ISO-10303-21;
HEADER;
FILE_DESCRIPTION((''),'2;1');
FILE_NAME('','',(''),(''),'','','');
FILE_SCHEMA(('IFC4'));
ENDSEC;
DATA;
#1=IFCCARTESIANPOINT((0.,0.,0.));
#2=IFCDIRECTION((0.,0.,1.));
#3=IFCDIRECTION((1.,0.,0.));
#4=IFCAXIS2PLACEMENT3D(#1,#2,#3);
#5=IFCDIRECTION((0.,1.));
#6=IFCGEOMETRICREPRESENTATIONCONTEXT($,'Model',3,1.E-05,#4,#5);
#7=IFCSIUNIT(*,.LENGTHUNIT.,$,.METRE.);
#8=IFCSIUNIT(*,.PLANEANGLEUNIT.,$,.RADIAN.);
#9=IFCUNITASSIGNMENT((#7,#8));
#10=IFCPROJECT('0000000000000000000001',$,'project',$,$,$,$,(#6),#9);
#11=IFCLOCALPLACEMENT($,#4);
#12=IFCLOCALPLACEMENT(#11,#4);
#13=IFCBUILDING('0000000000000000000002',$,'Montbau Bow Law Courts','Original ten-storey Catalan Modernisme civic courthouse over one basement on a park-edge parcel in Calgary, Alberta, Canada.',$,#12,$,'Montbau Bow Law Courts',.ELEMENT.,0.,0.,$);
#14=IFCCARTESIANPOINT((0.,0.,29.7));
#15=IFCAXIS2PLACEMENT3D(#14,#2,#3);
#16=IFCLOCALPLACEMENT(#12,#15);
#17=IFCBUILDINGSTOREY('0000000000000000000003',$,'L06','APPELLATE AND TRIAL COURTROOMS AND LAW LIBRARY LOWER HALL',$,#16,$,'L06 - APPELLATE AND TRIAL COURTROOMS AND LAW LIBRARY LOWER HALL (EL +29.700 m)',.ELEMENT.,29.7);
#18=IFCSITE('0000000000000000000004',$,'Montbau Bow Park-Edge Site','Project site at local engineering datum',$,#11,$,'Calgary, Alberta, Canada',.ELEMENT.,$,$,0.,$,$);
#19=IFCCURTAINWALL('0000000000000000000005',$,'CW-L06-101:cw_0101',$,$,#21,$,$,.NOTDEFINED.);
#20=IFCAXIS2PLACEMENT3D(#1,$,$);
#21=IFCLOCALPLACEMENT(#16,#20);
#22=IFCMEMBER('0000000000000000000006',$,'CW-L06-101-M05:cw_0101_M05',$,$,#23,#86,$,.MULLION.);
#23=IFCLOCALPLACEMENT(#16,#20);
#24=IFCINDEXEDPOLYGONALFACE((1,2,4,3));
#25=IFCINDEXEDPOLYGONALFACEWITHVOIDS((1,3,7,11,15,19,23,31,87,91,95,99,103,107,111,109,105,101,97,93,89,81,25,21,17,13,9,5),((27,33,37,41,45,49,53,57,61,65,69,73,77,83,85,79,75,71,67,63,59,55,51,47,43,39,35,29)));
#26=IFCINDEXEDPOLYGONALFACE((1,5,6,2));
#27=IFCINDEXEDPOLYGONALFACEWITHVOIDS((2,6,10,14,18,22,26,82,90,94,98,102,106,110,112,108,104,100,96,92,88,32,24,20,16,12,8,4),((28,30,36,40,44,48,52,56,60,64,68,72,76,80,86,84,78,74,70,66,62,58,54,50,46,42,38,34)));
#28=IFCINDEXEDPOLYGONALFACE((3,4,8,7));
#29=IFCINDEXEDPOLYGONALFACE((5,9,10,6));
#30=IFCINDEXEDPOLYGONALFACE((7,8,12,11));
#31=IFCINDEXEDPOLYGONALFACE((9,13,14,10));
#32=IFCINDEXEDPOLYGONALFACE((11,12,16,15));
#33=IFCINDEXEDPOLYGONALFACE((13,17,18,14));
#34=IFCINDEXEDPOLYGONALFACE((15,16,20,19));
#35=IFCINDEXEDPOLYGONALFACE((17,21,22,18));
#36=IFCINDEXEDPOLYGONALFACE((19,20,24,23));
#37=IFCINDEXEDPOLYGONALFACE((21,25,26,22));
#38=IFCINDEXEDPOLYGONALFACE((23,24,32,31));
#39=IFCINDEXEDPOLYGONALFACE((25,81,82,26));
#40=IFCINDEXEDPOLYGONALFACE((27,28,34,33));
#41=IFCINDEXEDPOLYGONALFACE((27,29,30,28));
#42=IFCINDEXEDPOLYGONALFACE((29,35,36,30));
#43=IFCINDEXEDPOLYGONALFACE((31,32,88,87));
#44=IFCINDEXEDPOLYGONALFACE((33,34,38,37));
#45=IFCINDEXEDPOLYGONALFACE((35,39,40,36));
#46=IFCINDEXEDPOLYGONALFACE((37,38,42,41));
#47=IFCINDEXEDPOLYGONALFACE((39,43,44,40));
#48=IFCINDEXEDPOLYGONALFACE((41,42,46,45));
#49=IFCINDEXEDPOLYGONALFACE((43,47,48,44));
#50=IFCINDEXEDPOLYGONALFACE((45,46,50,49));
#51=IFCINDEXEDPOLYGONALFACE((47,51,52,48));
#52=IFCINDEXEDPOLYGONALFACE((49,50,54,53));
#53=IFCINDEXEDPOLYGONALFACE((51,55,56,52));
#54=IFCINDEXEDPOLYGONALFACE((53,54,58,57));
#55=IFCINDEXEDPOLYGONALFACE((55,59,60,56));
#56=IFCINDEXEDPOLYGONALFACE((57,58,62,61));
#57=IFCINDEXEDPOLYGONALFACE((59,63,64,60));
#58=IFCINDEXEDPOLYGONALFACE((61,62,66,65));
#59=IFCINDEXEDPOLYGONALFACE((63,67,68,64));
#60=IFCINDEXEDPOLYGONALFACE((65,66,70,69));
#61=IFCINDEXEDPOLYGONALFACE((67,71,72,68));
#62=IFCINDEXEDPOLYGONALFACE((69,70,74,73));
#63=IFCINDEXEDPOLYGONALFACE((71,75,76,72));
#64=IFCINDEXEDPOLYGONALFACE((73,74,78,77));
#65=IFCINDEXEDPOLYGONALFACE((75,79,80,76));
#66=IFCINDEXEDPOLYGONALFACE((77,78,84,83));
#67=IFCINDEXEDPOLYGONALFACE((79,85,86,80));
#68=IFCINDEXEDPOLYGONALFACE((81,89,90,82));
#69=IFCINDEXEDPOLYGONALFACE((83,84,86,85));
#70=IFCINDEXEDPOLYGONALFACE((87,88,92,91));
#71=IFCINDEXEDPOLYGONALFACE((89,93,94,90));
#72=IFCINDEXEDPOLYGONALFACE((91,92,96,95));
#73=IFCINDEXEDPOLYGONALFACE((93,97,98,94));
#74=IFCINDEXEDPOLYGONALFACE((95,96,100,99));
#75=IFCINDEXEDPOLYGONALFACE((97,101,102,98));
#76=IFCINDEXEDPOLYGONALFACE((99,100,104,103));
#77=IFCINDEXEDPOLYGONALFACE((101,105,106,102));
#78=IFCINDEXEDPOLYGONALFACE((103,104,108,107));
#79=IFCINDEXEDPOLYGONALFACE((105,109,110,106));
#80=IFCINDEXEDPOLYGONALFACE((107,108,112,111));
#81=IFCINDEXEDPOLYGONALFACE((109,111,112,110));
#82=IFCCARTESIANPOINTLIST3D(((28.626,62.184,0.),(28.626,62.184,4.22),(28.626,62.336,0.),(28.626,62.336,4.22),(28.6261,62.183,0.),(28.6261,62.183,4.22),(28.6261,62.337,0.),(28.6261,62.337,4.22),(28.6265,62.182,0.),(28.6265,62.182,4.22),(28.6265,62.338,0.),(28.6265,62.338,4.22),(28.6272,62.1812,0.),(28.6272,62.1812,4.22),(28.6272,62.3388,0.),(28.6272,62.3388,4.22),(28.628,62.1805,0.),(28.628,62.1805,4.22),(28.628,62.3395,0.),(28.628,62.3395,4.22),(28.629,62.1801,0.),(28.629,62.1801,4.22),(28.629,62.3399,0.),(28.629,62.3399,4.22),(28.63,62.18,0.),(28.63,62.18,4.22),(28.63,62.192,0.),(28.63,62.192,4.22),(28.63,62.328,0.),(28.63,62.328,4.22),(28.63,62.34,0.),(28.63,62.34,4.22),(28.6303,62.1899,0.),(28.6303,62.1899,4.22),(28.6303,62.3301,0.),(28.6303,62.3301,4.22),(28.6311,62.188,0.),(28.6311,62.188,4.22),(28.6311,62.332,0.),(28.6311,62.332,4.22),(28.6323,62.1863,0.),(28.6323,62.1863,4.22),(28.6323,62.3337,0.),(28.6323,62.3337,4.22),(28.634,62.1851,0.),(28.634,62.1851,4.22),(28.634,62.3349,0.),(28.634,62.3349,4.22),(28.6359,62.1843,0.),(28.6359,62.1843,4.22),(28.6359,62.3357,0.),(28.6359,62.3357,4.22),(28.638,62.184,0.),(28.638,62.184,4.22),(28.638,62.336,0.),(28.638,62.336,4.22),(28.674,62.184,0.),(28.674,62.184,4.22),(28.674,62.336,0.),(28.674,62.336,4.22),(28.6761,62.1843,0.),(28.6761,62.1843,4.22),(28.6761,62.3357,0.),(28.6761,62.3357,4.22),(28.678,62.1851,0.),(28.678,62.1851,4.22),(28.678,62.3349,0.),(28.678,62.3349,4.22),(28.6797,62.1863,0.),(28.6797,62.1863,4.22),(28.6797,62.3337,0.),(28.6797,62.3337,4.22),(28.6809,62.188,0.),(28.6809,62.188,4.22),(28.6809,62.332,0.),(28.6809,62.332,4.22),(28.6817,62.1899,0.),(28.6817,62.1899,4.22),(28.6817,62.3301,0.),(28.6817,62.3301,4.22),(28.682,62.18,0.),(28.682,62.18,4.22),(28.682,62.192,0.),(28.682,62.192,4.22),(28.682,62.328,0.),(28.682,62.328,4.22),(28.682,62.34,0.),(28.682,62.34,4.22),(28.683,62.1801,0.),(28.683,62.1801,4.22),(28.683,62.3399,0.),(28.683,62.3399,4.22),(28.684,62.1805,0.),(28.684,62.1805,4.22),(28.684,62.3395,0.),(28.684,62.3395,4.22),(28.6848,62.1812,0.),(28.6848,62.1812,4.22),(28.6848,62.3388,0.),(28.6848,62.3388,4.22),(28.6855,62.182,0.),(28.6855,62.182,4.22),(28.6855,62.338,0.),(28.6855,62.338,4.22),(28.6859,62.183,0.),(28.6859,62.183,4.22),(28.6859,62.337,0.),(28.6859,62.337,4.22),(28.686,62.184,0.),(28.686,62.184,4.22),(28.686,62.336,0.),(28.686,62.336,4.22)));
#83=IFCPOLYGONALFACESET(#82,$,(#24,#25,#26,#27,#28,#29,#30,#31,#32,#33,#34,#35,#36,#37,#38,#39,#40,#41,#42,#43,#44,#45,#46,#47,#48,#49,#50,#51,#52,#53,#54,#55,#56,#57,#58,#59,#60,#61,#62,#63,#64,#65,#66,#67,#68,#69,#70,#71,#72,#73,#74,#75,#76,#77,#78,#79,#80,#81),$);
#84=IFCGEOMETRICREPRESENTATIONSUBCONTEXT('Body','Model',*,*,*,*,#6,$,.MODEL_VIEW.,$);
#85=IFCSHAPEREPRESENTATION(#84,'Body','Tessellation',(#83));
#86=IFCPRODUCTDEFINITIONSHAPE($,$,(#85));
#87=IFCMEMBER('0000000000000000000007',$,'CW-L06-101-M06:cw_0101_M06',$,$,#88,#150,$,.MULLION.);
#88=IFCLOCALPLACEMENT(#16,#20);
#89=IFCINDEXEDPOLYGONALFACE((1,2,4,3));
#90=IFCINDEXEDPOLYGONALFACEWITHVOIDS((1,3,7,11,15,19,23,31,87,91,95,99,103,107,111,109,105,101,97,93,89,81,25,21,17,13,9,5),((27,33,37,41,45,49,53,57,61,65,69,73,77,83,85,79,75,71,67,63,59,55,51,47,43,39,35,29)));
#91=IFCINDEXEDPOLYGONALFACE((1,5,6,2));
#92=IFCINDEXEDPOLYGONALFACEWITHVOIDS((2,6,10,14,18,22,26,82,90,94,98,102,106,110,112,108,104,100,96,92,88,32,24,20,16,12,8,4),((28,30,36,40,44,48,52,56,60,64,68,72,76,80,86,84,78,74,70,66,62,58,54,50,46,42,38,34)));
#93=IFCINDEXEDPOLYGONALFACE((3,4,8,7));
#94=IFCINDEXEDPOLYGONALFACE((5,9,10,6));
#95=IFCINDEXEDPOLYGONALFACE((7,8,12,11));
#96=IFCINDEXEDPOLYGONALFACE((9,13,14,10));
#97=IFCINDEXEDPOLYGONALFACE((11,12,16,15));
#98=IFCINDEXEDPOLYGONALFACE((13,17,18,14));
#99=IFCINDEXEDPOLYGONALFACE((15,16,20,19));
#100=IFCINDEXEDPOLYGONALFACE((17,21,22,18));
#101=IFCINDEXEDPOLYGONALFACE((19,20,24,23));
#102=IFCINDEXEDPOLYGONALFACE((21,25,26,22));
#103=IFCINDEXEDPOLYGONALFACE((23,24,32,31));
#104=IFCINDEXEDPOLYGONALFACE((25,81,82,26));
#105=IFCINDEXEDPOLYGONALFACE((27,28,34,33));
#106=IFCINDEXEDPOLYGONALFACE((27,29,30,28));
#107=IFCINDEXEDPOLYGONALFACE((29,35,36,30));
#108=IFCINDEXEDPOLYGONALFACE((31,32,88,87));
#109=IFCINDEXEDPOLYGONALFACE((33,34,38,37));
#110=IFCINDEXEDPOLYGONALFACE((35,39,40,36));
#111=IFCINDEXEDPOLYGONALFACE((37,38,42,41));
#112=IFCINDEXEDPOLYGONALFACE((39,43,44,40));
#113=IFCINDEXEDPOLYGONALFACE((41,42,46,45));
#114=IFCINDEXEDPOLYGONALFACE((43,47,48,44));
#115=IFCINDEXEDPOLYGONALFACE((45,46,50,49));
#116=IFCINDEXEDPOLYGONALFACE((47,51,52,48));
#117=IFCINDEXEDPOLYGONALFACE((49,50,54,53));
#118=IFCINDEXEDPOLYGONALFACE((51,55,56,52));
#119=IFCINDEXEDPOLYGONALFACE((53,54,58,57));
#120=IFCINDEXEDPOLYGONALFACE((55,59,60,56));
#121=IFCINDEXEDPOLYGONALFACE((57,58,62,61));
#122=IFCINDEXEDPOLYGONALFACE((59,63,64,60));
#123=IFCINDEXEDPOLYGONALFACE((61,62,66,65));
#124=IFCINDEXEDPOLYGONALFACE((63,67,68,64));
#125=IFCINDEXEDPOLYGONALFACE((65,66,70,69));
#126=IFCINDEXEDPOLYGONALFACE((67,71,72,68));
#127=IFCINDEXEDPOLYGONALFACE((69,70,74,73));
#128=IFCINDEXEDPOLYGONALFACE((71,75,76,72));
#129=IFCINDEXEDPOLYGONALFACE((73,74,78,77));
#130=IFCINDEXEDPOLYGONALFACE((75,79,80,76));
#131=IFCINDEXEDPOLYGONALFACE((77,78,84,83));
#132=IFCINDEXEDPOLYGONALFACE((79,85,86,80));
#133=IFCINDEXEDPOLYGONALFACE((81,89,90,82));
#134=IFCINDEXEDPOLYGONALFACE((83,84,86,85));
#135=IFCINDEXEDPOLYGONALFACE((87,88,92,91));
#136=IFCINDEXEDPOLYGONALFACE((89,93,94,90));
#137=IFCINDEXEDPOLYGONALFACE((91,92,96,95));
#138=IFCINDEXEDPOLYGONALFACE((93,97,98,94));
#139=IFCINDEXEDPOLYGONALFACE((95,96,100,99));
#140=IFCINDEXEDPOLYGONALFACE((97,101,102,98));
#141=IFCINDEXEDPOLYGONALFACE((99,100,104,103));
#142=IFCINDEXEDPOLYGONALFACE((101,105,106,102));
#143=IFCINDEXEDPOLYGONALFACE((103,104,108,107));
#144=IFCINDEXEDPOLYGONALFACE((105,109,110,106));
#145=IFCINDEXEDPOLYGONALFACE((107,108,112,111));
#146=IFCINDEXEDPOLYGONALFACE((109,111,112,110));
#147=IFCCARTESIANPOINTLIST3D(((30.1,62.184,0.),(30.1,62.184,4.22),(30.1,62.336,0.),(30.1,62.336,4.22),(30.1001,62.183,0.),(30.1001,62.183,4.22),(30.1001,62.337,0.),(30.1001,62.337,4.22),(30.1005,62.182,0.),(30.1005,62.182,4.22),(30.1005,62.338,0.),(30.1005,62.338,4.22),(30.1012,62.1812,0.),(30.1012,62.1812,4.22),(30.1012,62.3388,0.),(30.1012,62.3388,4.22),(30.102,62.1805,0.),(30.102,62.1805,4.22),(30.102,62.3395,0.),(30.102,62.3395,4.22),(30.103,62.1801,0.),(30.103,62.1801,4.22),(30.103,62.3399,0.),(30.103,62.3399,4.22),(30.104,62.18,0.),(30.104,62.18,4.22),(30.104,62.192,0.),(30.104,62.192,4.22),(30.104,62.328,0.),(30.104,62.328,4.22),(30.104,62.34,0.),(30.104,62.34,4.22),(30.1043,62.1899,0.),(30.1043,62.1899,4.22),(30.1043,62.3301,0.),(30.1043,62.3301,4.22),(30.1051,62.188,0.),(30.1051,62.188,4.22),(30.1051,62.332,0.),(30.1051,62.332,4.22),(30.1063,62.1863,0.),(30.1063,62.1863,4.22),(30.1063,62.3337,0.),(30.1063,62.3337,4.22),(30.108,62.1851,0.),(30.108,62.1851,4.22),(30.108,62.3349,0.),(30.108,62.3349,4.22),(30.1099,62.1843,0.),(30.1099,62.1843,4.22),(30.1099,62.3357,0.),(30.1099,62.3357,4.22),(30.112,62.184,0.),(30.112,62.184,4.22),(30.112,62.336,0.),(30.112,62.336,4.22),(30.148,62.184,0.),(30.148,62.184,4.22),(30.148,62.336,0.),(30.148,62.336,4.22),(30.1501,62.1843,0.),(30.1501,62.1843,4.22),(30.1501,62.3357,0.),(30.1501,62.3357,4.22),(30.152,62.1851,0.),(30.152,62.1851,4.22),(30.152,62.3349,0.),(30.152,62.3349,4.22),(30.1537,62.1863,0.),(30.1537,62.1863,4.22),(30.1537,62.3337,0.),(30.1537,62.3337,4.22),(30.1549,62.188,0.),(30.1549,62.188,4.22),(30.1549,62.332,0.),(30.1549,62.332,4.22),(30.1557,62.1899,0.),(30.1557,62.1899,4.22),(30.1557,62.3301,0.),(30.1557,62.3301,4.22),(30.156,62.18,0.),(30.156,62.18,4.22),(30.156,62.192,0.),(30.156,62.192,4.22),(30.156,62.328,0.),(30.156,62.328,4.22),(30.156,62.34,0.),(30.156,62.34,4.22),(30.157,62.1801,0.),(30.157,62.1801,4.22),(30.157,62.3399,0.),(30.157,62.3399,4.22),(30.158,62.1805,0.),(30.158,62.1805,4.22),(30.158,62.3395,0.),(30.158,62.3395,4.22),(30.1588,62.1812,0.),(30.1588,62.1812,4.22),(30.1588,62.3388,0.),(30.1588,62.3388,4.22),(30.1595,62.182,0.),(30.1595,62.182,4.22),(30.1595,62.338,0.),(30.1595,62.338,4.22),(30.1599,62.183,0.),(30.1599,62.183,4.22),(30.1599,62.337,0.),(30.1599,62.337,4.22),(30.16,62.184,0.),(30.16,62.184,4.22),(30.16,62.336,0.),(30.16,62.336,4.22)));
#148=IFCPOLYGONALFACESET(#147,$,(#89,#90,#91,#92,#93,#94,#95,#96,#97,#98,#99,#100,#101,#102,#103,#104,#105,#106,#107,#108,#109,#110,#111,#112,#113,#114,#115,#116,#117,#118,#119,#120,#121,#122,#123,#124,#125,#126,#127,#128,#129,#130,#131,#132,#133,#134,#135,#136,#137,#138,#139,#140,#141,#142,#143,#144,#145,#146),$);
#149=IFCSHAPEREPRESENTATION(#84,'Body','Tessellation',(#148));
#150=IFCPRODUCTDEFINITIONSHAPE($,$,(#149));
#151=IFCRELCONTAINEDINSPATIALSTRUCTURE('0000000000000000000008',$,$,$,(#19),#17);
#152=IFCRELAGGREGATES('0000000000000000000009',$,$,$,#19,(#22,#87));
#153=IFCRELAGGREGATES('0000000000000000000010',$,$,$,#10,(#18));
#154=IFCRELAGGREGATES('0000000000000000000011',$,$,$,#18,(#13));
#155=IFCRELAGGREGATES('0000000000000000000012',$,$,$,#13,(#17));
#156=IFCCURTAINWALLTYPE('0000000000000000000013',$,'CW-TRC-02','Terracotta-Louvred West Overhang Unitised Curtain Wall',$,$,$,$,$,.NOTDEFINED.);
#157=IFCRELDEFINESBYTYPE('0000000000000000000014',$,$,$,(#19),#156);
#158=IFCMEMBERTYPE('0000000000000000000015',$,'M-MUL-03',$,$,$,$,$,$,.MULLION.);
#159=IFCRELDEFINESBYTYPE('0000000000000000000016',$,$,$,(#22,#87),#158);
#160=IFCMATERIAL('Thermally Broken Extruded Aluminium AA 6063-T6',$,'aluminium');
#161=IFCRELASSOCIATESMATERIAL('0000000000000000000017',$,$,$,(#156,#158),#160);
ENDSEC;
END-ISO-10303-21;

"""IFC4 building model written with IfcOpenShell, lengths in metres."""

from ifc_helpers import new_model, si_unit, direction, frame, origin_with_axes, origin_2d_with_axis, place, context, subcontext, project, spatial, hollow_rectangle, extrude, material, material_profile, profile_set, type_object, element, aggregate, save


model = new_model("IFC4")

# Units and contexts
model_context = context("Model", 3, precision=1e-05, world=origin_with_axes(), true_north=direction((0.0, 1.0)))
body_context = subcontext(model_context, "Body", "Model", "MODEL_VIEW")
ifc_project = project(units=[si_unit("LENGTHUNIT", "METRE"), si_unit("PLANEANGLEUNIT", "RADIAN")], contexts=[model_context])

# Site, building, storey
site_placement = place(None, origin_with_axes())
site = spatial("IfcSite", under=ifc_project, at=site_placement, Name="Montbau Bow Park-Edge Site", Description="Project site at local engineering datum", LongName="Calgary, Alberta, Canada", CompositionType="ELEMENT", RefElevation=0.0)
building_placement = place(site_placement, origin_with_axes())
building = spatial("IfcBuilding", under=site, at=building_placement, Name="Montbau Bow Law Courts", Description="Original ten-storey Catalan Modernisme civic courthouse over one basement on a park-edge parcel in Calgary, Alberta, Canada.", LongName="Montbau Bow Law Courts", CompositionType="ELEMENT", ElevationOfRefHeight=0.0, ElevationOfTerrain=0.0)
storey_placement = place(building_placement, frame((0.0, 0.0, 29.7), z_axis=(0.0, 0.0, 1.0), x_axis=(1.0, 0.0, 0.0)))
storey = spatial("IfcBuildingStorey", under=building, at=storey_placement, Name="L06", Description="APPELLATE AND TRIAL COURTROOMS AND LAW LIBRARY LOWER HALL", LongName="L06 - APPELLATE AND TRIAL COURTROOMS AND LAW LIBRARY LOWER HALL (EL +29.700 m)", CompositionType="ELEMENT", Elevation=29.7)

# Curtain wall, members
ifc_material_1 = material(Name="Thermally Broken Extruded Aluminium AA 6063-T6", Category="aluminium")
curtain_wall_type = type_object("IfcCurtainWallType", Name="CW-TRC-02", Description="Terracotta-Louvred West Overhang Unitised Curtain Wall", PredefinedType="NOTDEFINED", material=ifc_material_1)
curtain_wall_1_placement = place(None, frame((22.64, 62.26, 29.7), z_axis=(0.0, 0.0, 1.0), x_axis=(1.0, 0.0, 0.0)))
curtain_wall_1 = element("IfcCurtainWall", 1, at=curtain_wall_1_placement, inside=storey, type_object=curtain_wall_type, Name="CW-L06-101:cw_0101", PredefinedType="NOTDEFINED")
ifc_material_profile_1 = material_profile(ifc_material_1, hollow_rectangle(XDim=0.06, YDim=0.16, WallThickness=0.004, InnerFilletRadius=0.008, OuterFilletRadius=0.004, at=origin_2d_with_axis()), Name="CWM-160X60", Category="Main", Priority=0)
ifc_profile_set_1 = profile_set([ifc_material_profile_1], Name="Thermally Broken Extruded Aluminium AA 6063-T6")
member_type_1 = type_object("IfcMemberType", Name="M-MUL-03", PredefinedType="MULLION", material=ifc_profile_set_1)
member_1_placement = place(None, frame((28.656, 62.26, 29.7), z_axis=(0.0, 0.0, 1.0), x_axis=(1.0, 0.0, 0.0)))
member_1 = element("IfcMember", 2, at=member_1_placement, type_object=member_type_1, Name="CW-L06-101-M05:cw_0101_M05", PredefinedType="MULLION", context=body_context, shape_type="SweptSolid", body=[
    extrude(hollow_rectangle(XDim=0.06, YDim=0.16, WallThickness=0.004, InnerFilletRadius=0.008, OuterFilletRadius=0.004, at=origin_2d_with_axis()), origin_with_axes(), (0.0, 0.0, 1.0), 4.22),
])
member_2_placement = place(None, frame((30.13, 62.26, 29.7), z_axis=(0.0, 0.0, 1.0), x_axis=(1.0, 0.0, 0.0)))
member_2 = element("IfcMember", 3, at=member_2_placement, type_object=member_type_1, Name="CW-L06-101-M06:cw_0101_M06", PredefinedType="MULLION", context=body_context, shape_type="SweptSolid", body=[
    extrude(hollow_rectangle(XDim=0.06, YDim=0.16, WallThickness=0.004, InnerFilletRadius=0.008, OuterFilletRadius=0.004, at=origin_2d_with_axis()), origin_with_axes(), (0.0, 0.0, 1.0), 4.22),
])

aggregate(curtain_wall_1, [member_1, member_2])

save(model, "model.ifc")
